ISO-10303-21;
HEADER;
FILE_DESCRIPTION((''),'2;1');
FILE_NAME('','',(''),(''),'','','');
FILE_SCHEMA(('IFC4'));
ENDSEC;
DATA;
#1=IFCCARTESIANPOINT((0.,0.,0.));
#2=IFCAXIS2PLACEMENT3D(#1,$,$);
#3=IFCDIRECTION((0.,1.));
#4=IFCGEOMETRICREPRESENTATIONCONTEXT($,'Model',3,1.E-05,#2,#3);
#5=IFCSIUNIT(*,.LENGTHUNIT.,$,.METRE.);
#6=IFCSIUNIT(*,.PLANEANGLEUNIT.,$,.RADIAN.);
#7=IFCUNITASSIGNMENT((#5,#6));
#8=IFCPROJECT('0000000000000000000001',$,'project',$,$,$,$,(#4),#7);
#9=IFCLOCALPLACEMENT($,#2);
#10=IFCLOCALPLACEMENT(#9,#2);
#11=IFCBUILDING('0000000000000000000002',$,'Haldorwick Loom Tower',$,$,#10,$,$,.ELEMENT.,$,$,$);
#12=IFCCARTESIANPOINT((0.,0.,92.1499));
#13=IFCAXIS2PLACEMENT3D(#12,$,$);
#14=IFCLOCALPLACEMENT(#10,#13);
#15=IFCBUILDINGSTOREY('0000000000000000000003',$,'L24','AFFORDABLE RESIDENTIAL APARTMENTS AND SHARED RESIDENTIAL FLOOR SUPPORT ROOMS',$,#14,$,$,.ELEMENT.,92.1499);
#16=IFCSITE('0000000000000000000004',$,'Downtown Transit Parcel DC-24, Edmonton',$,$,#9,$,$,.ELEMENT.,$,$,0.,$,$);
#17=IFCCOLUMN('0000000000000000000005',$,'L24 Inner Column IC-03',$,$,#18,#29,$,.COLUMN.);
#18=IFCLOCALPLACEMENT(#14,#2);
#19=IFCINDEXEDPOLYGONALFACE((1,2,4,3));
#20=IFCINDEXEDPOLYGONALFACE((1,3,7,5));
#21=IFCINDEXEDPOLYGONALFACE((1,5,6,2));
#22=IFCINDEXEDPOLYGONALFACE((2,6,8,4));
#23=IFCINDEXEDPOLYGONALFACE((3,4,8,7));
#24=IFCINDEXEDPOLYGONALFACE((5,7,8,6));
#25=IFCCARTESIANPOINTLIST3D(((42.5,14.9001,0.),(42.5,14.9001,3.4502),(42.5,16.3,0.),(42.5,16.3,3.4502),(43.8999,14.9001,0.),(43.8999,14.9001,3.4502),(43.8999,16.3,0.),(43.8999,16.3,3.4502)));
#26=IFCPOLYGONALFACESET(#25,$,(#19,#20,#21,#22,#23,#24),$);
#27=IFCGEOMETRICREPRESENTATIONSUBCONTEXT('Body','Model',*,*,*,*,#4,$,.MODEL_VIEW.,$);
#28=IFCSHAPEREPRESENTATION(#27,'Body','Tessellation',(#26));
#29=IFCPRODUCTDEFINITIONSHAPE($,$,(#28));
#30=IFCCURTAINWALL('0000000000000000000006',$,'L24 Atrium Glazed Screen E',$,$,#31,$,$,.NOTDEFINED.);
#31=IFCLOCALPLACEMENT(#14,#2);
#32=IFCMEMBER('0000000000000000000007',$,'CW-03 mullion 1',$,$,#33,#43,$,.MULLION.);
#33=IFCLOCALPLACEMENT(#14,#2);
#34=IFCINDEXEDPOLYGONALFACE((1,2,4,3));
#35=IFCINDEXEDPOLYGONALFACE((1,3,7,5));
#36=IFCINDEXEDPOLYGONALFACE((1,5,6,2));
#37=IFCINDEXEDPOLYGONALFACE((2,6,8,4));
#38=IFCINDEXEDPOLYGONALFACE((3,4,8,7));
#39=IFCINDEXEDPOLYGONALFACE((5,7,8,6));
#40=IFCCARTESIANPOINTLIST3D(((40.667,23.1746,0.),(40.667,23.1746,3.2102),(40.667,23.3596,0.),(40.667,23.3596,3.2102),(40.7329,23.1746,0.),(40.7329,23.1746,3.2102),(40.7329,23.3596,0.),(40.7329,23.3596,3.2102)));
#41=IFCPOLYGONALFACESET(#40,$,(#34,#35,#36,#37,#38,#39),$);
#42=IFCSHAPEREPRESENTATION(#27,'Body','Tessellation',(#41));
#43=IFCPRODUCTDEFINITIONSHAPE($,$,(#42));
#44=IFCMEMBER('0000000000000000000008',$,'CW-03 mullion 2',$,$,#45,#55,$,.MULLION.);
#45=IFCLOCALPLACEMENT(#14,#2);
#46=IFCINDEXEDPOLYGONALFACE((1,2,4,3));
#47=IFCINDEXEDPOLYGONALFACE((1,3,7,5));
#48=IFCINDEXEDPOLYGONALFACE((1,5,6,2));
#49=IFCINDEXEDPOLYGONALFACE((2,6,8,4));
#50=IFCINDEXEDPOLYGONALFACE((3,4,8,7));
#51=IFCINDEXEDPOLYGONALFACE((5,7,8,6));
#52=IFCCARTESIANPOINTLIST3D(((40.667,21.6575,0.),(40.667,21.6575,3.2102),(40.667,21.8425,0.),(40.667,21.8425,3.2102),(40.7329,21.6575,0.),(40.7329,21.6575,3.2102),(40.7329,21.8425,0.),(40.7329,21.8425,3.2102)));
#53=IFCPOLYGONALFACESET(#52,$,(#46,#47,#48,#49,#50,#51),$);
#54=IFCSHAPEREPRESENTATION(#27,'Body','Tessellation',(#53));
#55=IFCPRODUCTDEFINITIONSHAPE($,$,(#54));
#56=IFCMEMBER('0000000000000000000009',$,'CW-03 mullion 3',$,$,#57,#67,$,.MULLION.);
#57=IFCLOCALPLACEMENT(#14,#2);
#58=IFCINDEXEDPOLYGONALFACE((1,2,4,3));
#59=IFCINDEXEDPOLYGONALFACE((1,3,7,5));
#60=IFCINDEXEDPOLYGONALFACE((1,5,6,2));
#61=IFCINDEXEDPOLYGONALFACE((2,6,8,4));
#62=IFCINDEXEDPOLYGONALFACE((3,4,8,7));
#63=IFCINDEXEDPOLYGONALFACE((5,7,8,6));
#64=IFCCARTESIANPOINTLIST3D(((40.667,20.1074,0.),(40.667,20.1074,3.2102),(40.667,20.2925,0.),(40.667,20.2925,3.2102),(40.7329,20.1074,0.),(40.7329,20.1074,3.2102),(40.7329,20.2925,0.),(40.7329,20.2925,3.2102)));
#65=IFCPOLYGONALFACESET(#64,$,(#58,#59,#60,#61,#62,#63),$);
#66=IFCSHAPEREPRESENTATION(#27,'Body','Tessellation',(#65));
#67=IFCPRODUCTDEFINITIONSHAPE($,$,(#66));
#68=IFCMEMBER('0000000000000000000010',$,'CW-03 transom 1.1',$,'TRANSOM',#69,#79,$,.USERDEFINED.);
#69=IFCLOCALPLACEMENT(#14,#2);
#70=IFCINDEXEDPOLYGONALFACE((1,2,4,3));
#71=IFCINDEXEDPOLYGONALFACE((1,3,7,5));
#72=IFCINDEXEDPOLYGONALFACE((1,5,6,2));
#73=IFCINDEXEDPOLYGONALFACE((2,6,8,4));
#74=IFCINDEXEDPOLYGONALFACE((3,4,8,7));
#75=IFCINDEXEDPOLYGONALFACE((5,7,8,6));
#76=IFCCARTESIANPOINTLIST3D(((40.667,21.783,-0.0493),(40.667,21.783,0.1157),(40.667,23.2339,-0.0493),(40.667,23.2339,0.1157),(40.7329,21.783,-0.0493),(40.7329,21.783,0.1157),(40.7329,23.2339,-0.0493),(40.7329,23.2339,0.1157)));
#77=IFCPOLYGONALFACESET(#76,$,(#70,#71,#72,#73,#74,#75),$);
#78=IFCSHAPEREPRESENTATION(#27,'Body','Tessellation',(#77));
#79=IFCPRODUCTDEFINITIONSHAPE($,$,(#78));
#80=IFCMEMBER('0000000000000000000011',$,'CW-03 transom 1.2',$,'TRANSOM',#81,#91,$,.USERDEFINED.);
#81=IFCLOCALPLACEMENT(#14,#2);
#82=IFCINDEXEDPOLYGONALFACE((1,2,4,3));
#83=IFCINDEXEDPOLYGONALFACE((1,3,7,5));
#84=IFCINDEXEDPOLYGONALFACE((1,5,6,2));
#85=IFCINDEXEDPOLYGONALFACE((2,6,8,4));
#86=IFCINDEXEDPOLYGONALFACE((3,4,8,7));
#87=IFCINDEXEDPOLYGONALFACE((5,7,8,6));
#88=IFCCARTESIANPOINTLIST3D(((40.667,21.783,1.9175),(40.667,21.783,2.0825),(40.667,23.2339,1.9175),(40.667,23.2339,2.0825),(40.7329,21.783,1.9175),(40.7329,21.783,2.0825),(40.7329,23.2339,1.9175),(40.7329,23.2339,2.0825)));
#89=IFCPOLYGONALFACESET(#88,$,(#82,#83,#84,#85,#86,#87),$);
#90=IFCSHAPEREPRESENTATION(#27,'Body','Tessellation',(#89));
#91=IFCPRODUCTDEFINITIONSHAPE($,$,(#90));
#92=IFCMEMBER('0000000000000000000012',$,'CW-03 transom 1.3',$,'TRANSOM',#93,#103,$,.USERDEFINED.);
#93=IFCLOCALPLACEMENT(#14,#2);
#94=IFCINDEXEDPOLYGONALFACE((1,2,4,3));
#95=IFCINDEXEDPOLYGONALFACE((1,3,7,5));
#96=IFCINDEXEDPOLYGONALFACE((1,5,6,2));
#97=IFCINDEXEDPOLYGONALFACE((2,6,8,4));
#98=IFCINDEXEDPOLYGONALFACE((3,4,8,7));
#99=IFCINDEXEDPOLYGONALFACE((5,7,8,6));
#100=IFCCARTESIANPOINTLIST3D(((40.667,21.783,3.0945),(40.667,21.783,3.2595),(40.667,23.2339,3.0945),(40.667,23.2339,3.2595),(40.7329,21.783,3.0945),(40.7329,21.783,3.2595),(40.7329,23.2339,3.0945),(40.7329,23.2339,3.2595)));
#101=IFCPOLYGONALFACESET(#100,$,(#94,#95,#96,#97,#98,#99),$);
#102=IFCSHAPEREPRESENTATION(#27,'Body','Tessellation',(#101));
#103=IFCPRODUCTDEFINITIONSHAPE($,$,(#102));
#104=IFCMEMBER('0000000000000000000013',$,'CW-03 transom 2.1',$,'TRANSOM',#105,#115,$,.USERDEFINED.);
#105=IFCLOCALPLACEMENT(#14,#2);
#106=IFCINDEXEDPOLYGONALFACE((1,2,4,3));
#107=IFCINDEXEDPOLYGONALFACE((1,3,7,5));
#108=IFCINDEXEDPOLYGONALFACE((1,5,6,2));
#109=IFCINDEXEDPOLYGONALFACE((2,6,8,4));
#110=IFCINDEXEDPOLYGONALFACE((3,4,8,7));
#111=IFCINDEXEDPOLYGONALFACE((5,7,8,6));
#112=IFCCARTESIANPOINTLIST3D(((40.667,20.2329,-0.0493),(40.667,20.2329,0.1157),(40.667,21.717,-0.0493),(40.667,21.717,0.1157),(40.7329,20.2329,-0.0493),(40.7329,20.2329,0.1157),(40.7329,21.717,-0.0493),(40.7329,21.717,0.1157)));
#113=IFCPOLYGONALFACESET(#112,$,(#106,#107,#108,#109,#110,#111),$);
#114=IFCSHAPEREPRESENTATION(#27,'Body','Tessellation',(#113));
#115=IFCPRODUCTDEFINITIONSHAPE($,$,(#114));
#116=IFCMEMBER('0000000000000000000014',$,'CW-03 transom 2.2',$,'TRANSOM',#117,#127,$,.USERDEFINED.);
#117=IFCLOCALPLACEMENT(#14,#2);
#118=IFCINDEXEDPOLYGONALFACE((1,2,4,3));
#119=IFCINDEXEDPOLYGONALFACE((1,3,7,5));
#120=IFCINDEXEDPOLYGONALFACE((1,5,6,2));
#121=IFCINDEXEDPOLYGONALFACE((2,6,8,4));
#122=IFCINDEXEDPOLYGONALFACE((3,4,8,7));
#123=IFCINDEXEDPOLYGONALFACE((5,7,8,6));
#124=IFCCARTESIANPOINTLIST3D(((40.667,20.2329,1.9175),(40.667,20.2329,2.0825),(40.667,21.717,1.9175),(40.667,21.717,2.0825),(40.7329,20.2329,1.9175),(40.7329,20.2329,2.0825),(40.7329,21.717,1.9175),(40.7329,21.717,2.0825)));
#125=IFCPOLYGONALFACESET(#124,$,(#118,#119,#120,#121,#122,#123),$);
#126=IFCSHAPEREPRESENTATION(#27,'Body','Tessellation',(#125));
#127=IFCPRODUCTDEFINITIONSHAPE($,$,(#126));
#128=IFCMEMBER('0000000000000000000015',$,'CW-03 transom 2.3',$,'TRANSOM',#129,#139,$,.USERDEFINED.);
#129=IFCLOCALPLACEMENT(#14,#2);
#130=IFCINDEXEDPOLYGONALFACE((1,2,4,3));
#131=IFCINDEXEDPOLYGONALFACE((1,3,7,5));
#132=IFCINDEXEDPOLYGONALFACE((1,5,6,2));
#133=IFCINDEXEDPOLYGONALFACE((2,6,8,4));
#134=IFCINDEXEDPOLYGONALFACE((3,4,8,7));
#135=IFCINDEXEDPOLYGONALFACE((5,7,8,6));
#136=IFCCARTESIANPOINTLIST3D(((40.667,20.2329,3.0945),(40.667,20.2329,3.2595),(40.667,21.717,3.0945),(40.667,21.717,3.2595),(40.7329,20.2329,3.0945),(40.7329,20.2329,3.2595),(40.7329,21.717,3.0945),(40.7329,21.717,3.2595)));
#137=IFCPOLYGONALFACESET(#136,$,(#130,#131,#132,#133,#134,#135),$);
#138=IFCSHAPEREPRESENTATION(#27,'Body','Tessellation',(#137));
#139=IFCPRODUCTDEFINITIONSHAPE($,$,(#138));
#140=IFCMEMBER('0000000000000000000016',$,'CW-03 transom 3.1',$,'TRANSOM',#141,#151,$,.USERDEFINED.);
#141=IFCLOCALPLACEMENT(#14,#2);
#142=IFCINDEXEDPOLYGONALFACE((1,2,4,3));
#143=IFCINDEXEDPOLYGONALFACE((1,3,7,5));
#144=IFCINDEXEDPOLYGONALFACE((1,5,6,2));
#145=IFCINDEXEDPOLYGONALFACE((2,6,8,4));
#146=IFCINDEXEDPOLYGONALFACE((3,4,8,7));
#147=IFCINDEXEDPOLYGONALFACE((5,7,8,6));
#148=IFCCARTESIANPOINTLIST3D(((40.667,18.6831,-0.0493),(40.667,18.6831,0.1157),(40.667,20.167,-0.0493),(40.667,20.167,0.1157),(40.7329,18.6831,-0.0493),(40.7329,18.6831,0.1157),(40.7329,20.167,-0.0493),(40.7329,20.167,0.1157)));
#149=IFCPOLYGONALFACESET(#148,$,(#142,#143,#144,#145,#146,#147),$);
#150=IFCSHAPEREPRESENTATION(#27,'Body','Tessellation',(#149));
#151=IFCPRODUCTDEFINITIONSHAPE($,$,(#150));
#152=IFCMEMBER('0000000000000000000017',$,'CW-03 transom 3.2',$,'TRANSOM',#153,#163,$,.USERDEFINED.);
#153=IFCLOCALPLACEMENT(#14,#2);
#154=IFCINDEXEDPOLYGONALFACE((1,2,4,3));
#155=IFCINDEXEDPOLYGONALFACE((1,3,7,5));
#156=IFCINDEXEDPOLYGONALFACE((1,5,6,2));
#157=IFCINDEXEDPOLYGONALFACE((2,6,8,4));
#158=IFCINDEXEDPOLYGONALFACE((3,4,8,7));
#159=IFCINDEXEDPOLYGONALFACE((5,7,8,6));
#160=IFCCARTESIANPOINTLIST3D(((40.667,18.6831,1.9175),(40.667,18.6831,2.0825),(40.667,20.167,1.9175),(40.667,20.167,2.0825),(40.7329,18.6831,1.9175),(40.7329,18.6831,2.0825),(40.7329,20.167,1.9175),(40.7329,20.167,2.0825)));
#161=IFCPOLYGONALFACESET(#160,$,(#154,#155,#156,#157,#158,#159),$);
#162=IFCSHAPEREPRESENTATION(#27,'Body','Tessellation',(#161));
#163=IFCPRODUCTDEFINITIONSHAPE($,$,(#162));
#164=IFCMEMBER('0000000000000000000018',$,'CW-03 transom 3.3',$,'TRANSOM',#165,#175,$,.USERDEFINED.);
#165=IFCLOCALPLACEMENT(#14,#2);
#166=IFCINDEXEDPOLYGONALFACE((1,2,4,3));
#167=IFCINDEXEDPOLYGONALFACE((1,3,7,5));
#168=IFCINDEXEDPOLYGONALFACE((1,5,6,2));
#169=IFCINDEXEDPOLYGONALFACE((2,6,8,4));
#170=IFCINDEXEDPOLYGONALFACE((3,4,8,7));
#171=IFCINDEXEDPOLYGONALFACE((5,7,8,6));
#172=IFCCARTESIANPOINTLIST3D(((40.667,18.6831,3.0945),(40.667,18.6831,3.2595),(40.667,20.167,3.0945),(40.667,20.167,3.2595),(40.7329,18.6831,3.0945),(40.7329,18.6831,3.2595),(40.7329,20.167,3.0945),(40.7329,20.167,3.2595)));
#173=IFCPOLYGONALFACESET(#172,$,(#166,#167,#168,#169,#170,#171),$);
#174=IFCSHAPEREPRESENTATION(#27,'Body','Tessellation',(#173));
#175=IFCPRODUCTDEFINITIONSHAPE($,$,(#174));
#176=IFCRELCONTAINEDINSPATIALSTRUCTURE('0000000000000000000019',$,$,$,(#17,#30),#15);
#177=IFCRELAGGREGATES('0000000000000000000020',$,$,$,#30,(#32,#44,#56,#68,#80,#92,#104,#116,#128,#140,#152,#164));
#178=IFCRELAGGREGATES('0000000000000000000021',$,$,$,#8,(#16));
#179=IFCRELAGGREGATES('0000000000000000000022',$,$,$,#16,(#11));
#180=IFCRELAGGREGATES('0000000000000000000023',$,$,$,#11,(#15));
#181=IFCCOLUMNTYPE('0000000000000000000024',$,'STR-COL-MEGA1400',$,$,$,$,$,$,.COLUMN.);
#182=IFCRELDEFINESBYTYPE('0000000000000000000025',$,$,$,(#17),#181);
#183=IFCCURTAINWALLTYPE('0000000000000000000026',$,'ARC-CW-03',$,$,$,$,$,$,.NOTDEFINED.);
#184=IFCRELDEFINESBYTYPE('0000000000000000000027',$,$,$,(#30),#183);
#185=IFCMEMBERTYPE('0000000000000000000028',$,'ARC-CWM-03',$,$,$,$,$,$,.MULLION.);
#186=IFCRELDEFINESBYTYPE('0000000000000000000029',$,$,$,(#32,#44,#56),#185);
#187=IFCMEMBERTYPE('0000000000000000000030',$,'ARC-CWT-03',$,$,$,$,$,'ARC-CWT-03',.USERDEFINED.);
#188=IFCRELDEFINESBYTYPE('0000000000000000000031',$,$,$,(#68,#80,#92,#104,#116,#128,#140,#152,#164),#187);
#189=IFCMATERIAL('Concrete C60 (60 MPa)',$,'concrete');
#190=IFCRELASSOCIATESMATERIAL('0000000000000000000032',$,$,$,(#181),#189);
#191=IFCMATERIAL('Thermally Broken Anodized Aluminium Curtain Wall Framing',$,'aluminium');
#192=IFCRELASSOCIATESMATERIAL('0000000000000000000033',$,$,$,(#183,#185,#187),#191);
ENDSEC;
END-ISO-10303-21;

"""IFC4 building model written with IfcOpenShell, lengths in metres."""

from ifc_helpers import new_model, si_unit, direction, frame, origin, origin_2d, place, context, subcontext, project, spatial, rectangle, extrude, material, material_profile, profile_set, type_object, element, aggregate, save


model = new_model("IFC4")

# Units and contexts
model_context = context("Model", 3, precision=1e-05, world=origin(), true_north=direction((0.0, 1.0)))
body_context = subcontext(model_context, "Body", "Model", "MODEL_VIEW")
ifc_project = project(units=[si_unit("LENGTHUNIT", "METRE"), si_unit("PLANEANGLEUNIT", "RADIAN")], contexts=[model_context])

# Site, building, storey
site_placement = place(None, origin())
site = spatial("IfcSite", under=ifc_project, at=site_placement, Name="Downtown Transit Parcel DC-24, Edmonton", CompositionType="ELEMENT", RefElevation=0.0)
building_placement = place(site_placement, origin())
building = spatial("IfcBuilding", under=site, at=building_placement, Name="Haldorwick Loom Tower", CompositionType="ELEMENT")
storey_placement = place(building_placement, frame((0.0, 0.0, 92.1499)))
storey = spatial("IfcBuildingStorey", under=building, at=storey_placement, Name="L24", Description="AFFORDABLE RESIDENTIAL APARTMENTS AND SHARED RESIDENTIAL FLOOR SUPPORT ROOMS", CompositionType="ELEMENT", Elevation=92.1499)

# Column
ifc_material_1 = material(Name="Concrete C60 (60 MPa)", Category="concrete")
ifc_material_profile_1 = material_profile(ifc_material_1, rectangle(XDim=1.3999, YDim=1.3999, at=origin_2d()), Name="RC1400X1400", Category="concrete")
ifc_profile_set_1 = profile_set([ifc_material_profile_1], Name="Concrete C60 (60 MPa)")
column_type = type_object("IfcColumnType", Name="STR-COL-MEGA1400", PredefinedType="COLUMN", material=ifc_profile_set_1)
column_placement = place(storey_placement, frame((43.2, 15.6001, 0.0), z_axis=(0.0, 0.0, 1.0), x_axis=(1.0, 0.0, 0.0)))
element("IfcColumn", 1, at=column_placement, inside=storey, type_object=column_type, Name="L24 Inner Column IC-03", PredefinedType="COLUMN", context=body_context, shape_type="SweptSolid", body=[
    extrude(rectangle(XDim=1.3999, YDim=1.3999, at=origin_2d()), origin(), (0.0, 0.0, 1.0), 3.4502),
])

# Curtain wall, members
ifc_material_2 = material(Name="Thermally Broken Anodized Aluminium Curtain Wall Framing", Category="aluminium")
curtain_wall_type = type_object("IfcCurtainWallType", Name="ARC-CW-03", PredefinedType="NOTDEFINED", material=ifc_material_2)
curtain_wall_placement = place(storey_placement, origin())
curtain_wall = element("IfcCurtainWall", 2, at=curtain_wall_placement, inside=storey, type_object=curtain_wall_type, Name="L24 Atrium Glazed Screen E", PredefinedType="NOTDEFINED")
ifc_material_profile_2 = material_profile(ifc_material_2, rectangle(XDim=0.0659, YDim=0.1851, at=origin_2d()), Name="ALU_MUL_66X185", Category="aluminium")
ifc_profile_set_2 = profile_set([ifc_material_profile_2], Name="Thermally Broken Anodized Aluminium Curtain Wall Framing")
member_type_1 = type_object("IfcMemberType", Name="ARC-CWM-03", PredefinedType="MULLION", material=ifc_profile_set_2)
member_1_placement = place(storey_placement, frame((40.7, 23.2671, 0.0), z_axis=(0.0, 0.0, 1.0), x_axis=(1.0, 0.0, 0.0)))
member_1 = element("IfcMember", 3, at=member_1_placement, type_object=member_type_1, Name="CW-03 mullion 1", PredefinedType="MULLION", context=body_context, shape_type="SweptSolid", body=[
    extrude(rectangle(XDim=0.0659, YDim=0.1851, at=origin_2d()), origin(), (0.0, 0.0, 1.0), 3.2102),
])
member_2_placement = place(storey_placement, frame((40.7, 21.75, 0.0), z_axis=(0.0, 0.0, 1.0), x_axis=(1.0, 0.0, 0.0)))
member_2 = element("IfcMember", 4, at=member_2_placement, type_object=member_type_1, Name="CW-03 mullion 2", PredefinedType="MULLION", context=body_context, shape_type="SweptSolid", body=[
    extrude(rectangle(XDim=0.0659, YDim=0.1851, at=origin_2d()), origin(), (0.0, 0.0, 1.0), 3.2102),
])
member_3_placement = place(storey_placement, frame((40.7, 20.2, 0.0), z_axis=(0.0, 0.0, 1.0), x_axis=(1.0, 0.0, 0.0)))
member_3 = element("IfcMember", 5, at=member_3_placement, type_object=member_type_1, Name="CW-03 mullion 3", PredefinedType="MULLION", context=body_context, shape_type="SweptSolid", body=[
    extrude(rectangle(XDim=0.0659, YDim=0.1851, at=origin_2d()), origin(), (0.0, 0.0, 1.0), 3.2102),
])
ifc_material_profile_3 = material_profile(ifc_material_2, rectangle(XDim=0.0659, YDim=0.165, at=origin_2d()), Name="ALU_TRN_66X165", Category="aluminium")
ifc_profile_set_3 = profile_set([ifc_material_profile_3], Name="Thermally Broken Anodized Aluminium Curtain Wall Framing")
member_type_2 = type_object("IfcMemberType", Name="ARC-CWT-03", ElementType="ARC-CWT-03", PredefinedType="USERDEFINED", material=ifc_profile_set_3)
member_4_placement = place(storey_placement, frame((40.7, 23.2339, 0.0332), z_axis=(0.0, -1.0, 0.0), x_axis=(1.0, 0.0, 0.0)))
member_4 = element("IfcMember", 6, at=member_4_placement, type_object=member_type_2, Name="CW-03 transom 1.1", ObjectType="TRANSOM", PredefinedType="USERDEFINED", context=body_context, shape_type="SweptSolid", body=[
    extrude(rectangle(XDim=0.0659, YDim=0.165, at=origin_2d()), origin(), (0.0, 0.0, 1.0), 1.4509),
])
member_5_placement = place(storey_placement, frame((40.7, 23.2339, 2.0), z_axis=(0.0, -1.0, 0.0), x_axis=(1.0, 0.0, 0.0)))
member_5 = element("IfcMember", 7, at=member_5_placement, type_object=member_type_2, Name="CW-03 transom 1.2", ObjectType="TRANSOM", PredefinedType="USERDEFINED", context=body_context, shape_type="SweptSolid", body=[
    extrude(rectangle(XDim=0.0659, YDim=0.165, at=origin_2d()), origin(), (0.0, 0.0, 1.0), 1.4509),
])
member_6_placement = place(storey_placement, frame((40.7, 23.2339, 3.177), z_axis=(0.0, -1.0, 0.0), x_axis=(1.0, 0.0, 0.0)))
member_6 = element("IfcMember", 8, at=member_6_placement, type_object=member_type_2, Name="CW-03 transom 1.3", ObjectType="TRANSOM", PredefinedType="USERDEFINED", context=body_context, shape_type="SweptSolid", body=[
    extrude(rectangle(XDim=0.0659, YDim=0.165, at=origin_2d()), origin(), (0.0, 0.0, 1.0), 1.4509),
])
member_7_placement = place(storey_placement, frame((40.7, 21.717, 0.0332), z_axis=(0.0, -1.0, 0.0), x_axis=(1.0, 0.0, 0.0)))
member_7 = element("IfcMember", 9, at=member_7_placement, type_object=member_type_2, Name="CW-03 transom 2.1", ObjectType="TRANSOM", PredefinedType="USERDEFINED", context=body_context, shape_type="SweptSolid", body=[
    extrude(rectangle(XDim=0.0659, YDim=0.165, at=origin_2d()), origin(), (0.0, 0.0, 1.0), 1.4841),
])
member_8_placement = place(storey_placement, frame((40.7, 21.717, 2.0), z_axis=(0.0, -1.0, 0.0), x_axis=(1.0, 0.0, 0.0)))
member_8 = element("IfcMember", 10, at=member_8_placement, type_object=member_type_2, Name="CW-03 transom 2.2", ObjectType="TRANSOM", PredefinedType="USERDEFINED", context=body_context, shape_type="SweptSolid", body=[
    extrude(rectangle(XDim=0.0659, YDim=0.165, at=origin_2d()), origin(), (0.0, 0.0, 1.0), 1.4841),
])
member_9_placement = place(storey_placement, frame((40.7, 21.717, 3.177), z_axis=(0.0, -1.0, 0.0), x_axis=(1.0, 0.0, 0.0)))
member_9 = element("IfcMember", 11, at=member_9_placement, type_object=member_type_2, Name="CW-03 transom 2.3", ObjectType="TRANSOM", PredefinedType="USERDEFINED", context=body_context, shape_type="SweptSolid", body=[
    extrude(rectangle(XDim=0.0659, YDim=0.165, at=origin_2d()), origin(), (0.0, 0.0, 1.0), 1.4841),
])
member_10_placement = place(storey_placement, frame((40.7, 20.167, 0.0332), z_axis=(0.0, -1.0, 0.0), x_axis=(1.0, 0.0, 0.0)))
member_10 = element("IfcMember", 12, at=member_10_placement, type_object=member_type_2, Name="CW-03 transom 3.1", ObjectType="TRANSOM", PredefinedType="USERDEFINED", context=body_context, shape_type="SweptSolid", body=[
    extrude(rectangle(XDim=0.0659, YDim=0.165, at=origin_2d()), origin(), (0.0, 0.0, 1.0), 1.4839),
])
member_11_placement = place(storey_placement, frame((40.7, 20.167, 2.0), z_axis=(0.0, -1.0, 0.0), x_axis=(1.0, 0.0, 0.0)))
member_11 = element("IfcMember", 13, at=member_11_placement, type_object=member_type_2, Name="CW-03 transom 3.2", ObjectType="TRANSOM", PredefinedType="USERDEFINED", context=body_context, shape_type="SweptSolid", body=[
    extrude(rectangle(XDim=0.0659, YDim=0.165, at=origin_2d()), origin(), (0.0, 0.0, 1.0), 1.4839),
])
member_12_placement = place(storey_placement, frame((40.7, 20.167, 3.177), z_axis=(0.0, -1.0, 0.0), x_axis=(1.0, 0.0, 0.0)))
member_12 = element("IfcMember", 14, at=member_12_placement, type_object=member_type_2, Name="CW-03 transom 3.3", ObjectType="TRANSOM", PredefinedType="USERDEFINED", context=body_context, shape_type="SweptSolid", body=[
    extrude(rectangle(XDim=0.0659, YDim=0.165, at=origin_2d()), origin(), (0.0, 0.0, 1.0), 1.4839),
])

aggregate(curtain_wall, [member_1, member_2, member_3, member_4, member_5, member_6, member_7, member_8, member_9, member_10, member_11, member_12])

save(model, "model.ifc")
